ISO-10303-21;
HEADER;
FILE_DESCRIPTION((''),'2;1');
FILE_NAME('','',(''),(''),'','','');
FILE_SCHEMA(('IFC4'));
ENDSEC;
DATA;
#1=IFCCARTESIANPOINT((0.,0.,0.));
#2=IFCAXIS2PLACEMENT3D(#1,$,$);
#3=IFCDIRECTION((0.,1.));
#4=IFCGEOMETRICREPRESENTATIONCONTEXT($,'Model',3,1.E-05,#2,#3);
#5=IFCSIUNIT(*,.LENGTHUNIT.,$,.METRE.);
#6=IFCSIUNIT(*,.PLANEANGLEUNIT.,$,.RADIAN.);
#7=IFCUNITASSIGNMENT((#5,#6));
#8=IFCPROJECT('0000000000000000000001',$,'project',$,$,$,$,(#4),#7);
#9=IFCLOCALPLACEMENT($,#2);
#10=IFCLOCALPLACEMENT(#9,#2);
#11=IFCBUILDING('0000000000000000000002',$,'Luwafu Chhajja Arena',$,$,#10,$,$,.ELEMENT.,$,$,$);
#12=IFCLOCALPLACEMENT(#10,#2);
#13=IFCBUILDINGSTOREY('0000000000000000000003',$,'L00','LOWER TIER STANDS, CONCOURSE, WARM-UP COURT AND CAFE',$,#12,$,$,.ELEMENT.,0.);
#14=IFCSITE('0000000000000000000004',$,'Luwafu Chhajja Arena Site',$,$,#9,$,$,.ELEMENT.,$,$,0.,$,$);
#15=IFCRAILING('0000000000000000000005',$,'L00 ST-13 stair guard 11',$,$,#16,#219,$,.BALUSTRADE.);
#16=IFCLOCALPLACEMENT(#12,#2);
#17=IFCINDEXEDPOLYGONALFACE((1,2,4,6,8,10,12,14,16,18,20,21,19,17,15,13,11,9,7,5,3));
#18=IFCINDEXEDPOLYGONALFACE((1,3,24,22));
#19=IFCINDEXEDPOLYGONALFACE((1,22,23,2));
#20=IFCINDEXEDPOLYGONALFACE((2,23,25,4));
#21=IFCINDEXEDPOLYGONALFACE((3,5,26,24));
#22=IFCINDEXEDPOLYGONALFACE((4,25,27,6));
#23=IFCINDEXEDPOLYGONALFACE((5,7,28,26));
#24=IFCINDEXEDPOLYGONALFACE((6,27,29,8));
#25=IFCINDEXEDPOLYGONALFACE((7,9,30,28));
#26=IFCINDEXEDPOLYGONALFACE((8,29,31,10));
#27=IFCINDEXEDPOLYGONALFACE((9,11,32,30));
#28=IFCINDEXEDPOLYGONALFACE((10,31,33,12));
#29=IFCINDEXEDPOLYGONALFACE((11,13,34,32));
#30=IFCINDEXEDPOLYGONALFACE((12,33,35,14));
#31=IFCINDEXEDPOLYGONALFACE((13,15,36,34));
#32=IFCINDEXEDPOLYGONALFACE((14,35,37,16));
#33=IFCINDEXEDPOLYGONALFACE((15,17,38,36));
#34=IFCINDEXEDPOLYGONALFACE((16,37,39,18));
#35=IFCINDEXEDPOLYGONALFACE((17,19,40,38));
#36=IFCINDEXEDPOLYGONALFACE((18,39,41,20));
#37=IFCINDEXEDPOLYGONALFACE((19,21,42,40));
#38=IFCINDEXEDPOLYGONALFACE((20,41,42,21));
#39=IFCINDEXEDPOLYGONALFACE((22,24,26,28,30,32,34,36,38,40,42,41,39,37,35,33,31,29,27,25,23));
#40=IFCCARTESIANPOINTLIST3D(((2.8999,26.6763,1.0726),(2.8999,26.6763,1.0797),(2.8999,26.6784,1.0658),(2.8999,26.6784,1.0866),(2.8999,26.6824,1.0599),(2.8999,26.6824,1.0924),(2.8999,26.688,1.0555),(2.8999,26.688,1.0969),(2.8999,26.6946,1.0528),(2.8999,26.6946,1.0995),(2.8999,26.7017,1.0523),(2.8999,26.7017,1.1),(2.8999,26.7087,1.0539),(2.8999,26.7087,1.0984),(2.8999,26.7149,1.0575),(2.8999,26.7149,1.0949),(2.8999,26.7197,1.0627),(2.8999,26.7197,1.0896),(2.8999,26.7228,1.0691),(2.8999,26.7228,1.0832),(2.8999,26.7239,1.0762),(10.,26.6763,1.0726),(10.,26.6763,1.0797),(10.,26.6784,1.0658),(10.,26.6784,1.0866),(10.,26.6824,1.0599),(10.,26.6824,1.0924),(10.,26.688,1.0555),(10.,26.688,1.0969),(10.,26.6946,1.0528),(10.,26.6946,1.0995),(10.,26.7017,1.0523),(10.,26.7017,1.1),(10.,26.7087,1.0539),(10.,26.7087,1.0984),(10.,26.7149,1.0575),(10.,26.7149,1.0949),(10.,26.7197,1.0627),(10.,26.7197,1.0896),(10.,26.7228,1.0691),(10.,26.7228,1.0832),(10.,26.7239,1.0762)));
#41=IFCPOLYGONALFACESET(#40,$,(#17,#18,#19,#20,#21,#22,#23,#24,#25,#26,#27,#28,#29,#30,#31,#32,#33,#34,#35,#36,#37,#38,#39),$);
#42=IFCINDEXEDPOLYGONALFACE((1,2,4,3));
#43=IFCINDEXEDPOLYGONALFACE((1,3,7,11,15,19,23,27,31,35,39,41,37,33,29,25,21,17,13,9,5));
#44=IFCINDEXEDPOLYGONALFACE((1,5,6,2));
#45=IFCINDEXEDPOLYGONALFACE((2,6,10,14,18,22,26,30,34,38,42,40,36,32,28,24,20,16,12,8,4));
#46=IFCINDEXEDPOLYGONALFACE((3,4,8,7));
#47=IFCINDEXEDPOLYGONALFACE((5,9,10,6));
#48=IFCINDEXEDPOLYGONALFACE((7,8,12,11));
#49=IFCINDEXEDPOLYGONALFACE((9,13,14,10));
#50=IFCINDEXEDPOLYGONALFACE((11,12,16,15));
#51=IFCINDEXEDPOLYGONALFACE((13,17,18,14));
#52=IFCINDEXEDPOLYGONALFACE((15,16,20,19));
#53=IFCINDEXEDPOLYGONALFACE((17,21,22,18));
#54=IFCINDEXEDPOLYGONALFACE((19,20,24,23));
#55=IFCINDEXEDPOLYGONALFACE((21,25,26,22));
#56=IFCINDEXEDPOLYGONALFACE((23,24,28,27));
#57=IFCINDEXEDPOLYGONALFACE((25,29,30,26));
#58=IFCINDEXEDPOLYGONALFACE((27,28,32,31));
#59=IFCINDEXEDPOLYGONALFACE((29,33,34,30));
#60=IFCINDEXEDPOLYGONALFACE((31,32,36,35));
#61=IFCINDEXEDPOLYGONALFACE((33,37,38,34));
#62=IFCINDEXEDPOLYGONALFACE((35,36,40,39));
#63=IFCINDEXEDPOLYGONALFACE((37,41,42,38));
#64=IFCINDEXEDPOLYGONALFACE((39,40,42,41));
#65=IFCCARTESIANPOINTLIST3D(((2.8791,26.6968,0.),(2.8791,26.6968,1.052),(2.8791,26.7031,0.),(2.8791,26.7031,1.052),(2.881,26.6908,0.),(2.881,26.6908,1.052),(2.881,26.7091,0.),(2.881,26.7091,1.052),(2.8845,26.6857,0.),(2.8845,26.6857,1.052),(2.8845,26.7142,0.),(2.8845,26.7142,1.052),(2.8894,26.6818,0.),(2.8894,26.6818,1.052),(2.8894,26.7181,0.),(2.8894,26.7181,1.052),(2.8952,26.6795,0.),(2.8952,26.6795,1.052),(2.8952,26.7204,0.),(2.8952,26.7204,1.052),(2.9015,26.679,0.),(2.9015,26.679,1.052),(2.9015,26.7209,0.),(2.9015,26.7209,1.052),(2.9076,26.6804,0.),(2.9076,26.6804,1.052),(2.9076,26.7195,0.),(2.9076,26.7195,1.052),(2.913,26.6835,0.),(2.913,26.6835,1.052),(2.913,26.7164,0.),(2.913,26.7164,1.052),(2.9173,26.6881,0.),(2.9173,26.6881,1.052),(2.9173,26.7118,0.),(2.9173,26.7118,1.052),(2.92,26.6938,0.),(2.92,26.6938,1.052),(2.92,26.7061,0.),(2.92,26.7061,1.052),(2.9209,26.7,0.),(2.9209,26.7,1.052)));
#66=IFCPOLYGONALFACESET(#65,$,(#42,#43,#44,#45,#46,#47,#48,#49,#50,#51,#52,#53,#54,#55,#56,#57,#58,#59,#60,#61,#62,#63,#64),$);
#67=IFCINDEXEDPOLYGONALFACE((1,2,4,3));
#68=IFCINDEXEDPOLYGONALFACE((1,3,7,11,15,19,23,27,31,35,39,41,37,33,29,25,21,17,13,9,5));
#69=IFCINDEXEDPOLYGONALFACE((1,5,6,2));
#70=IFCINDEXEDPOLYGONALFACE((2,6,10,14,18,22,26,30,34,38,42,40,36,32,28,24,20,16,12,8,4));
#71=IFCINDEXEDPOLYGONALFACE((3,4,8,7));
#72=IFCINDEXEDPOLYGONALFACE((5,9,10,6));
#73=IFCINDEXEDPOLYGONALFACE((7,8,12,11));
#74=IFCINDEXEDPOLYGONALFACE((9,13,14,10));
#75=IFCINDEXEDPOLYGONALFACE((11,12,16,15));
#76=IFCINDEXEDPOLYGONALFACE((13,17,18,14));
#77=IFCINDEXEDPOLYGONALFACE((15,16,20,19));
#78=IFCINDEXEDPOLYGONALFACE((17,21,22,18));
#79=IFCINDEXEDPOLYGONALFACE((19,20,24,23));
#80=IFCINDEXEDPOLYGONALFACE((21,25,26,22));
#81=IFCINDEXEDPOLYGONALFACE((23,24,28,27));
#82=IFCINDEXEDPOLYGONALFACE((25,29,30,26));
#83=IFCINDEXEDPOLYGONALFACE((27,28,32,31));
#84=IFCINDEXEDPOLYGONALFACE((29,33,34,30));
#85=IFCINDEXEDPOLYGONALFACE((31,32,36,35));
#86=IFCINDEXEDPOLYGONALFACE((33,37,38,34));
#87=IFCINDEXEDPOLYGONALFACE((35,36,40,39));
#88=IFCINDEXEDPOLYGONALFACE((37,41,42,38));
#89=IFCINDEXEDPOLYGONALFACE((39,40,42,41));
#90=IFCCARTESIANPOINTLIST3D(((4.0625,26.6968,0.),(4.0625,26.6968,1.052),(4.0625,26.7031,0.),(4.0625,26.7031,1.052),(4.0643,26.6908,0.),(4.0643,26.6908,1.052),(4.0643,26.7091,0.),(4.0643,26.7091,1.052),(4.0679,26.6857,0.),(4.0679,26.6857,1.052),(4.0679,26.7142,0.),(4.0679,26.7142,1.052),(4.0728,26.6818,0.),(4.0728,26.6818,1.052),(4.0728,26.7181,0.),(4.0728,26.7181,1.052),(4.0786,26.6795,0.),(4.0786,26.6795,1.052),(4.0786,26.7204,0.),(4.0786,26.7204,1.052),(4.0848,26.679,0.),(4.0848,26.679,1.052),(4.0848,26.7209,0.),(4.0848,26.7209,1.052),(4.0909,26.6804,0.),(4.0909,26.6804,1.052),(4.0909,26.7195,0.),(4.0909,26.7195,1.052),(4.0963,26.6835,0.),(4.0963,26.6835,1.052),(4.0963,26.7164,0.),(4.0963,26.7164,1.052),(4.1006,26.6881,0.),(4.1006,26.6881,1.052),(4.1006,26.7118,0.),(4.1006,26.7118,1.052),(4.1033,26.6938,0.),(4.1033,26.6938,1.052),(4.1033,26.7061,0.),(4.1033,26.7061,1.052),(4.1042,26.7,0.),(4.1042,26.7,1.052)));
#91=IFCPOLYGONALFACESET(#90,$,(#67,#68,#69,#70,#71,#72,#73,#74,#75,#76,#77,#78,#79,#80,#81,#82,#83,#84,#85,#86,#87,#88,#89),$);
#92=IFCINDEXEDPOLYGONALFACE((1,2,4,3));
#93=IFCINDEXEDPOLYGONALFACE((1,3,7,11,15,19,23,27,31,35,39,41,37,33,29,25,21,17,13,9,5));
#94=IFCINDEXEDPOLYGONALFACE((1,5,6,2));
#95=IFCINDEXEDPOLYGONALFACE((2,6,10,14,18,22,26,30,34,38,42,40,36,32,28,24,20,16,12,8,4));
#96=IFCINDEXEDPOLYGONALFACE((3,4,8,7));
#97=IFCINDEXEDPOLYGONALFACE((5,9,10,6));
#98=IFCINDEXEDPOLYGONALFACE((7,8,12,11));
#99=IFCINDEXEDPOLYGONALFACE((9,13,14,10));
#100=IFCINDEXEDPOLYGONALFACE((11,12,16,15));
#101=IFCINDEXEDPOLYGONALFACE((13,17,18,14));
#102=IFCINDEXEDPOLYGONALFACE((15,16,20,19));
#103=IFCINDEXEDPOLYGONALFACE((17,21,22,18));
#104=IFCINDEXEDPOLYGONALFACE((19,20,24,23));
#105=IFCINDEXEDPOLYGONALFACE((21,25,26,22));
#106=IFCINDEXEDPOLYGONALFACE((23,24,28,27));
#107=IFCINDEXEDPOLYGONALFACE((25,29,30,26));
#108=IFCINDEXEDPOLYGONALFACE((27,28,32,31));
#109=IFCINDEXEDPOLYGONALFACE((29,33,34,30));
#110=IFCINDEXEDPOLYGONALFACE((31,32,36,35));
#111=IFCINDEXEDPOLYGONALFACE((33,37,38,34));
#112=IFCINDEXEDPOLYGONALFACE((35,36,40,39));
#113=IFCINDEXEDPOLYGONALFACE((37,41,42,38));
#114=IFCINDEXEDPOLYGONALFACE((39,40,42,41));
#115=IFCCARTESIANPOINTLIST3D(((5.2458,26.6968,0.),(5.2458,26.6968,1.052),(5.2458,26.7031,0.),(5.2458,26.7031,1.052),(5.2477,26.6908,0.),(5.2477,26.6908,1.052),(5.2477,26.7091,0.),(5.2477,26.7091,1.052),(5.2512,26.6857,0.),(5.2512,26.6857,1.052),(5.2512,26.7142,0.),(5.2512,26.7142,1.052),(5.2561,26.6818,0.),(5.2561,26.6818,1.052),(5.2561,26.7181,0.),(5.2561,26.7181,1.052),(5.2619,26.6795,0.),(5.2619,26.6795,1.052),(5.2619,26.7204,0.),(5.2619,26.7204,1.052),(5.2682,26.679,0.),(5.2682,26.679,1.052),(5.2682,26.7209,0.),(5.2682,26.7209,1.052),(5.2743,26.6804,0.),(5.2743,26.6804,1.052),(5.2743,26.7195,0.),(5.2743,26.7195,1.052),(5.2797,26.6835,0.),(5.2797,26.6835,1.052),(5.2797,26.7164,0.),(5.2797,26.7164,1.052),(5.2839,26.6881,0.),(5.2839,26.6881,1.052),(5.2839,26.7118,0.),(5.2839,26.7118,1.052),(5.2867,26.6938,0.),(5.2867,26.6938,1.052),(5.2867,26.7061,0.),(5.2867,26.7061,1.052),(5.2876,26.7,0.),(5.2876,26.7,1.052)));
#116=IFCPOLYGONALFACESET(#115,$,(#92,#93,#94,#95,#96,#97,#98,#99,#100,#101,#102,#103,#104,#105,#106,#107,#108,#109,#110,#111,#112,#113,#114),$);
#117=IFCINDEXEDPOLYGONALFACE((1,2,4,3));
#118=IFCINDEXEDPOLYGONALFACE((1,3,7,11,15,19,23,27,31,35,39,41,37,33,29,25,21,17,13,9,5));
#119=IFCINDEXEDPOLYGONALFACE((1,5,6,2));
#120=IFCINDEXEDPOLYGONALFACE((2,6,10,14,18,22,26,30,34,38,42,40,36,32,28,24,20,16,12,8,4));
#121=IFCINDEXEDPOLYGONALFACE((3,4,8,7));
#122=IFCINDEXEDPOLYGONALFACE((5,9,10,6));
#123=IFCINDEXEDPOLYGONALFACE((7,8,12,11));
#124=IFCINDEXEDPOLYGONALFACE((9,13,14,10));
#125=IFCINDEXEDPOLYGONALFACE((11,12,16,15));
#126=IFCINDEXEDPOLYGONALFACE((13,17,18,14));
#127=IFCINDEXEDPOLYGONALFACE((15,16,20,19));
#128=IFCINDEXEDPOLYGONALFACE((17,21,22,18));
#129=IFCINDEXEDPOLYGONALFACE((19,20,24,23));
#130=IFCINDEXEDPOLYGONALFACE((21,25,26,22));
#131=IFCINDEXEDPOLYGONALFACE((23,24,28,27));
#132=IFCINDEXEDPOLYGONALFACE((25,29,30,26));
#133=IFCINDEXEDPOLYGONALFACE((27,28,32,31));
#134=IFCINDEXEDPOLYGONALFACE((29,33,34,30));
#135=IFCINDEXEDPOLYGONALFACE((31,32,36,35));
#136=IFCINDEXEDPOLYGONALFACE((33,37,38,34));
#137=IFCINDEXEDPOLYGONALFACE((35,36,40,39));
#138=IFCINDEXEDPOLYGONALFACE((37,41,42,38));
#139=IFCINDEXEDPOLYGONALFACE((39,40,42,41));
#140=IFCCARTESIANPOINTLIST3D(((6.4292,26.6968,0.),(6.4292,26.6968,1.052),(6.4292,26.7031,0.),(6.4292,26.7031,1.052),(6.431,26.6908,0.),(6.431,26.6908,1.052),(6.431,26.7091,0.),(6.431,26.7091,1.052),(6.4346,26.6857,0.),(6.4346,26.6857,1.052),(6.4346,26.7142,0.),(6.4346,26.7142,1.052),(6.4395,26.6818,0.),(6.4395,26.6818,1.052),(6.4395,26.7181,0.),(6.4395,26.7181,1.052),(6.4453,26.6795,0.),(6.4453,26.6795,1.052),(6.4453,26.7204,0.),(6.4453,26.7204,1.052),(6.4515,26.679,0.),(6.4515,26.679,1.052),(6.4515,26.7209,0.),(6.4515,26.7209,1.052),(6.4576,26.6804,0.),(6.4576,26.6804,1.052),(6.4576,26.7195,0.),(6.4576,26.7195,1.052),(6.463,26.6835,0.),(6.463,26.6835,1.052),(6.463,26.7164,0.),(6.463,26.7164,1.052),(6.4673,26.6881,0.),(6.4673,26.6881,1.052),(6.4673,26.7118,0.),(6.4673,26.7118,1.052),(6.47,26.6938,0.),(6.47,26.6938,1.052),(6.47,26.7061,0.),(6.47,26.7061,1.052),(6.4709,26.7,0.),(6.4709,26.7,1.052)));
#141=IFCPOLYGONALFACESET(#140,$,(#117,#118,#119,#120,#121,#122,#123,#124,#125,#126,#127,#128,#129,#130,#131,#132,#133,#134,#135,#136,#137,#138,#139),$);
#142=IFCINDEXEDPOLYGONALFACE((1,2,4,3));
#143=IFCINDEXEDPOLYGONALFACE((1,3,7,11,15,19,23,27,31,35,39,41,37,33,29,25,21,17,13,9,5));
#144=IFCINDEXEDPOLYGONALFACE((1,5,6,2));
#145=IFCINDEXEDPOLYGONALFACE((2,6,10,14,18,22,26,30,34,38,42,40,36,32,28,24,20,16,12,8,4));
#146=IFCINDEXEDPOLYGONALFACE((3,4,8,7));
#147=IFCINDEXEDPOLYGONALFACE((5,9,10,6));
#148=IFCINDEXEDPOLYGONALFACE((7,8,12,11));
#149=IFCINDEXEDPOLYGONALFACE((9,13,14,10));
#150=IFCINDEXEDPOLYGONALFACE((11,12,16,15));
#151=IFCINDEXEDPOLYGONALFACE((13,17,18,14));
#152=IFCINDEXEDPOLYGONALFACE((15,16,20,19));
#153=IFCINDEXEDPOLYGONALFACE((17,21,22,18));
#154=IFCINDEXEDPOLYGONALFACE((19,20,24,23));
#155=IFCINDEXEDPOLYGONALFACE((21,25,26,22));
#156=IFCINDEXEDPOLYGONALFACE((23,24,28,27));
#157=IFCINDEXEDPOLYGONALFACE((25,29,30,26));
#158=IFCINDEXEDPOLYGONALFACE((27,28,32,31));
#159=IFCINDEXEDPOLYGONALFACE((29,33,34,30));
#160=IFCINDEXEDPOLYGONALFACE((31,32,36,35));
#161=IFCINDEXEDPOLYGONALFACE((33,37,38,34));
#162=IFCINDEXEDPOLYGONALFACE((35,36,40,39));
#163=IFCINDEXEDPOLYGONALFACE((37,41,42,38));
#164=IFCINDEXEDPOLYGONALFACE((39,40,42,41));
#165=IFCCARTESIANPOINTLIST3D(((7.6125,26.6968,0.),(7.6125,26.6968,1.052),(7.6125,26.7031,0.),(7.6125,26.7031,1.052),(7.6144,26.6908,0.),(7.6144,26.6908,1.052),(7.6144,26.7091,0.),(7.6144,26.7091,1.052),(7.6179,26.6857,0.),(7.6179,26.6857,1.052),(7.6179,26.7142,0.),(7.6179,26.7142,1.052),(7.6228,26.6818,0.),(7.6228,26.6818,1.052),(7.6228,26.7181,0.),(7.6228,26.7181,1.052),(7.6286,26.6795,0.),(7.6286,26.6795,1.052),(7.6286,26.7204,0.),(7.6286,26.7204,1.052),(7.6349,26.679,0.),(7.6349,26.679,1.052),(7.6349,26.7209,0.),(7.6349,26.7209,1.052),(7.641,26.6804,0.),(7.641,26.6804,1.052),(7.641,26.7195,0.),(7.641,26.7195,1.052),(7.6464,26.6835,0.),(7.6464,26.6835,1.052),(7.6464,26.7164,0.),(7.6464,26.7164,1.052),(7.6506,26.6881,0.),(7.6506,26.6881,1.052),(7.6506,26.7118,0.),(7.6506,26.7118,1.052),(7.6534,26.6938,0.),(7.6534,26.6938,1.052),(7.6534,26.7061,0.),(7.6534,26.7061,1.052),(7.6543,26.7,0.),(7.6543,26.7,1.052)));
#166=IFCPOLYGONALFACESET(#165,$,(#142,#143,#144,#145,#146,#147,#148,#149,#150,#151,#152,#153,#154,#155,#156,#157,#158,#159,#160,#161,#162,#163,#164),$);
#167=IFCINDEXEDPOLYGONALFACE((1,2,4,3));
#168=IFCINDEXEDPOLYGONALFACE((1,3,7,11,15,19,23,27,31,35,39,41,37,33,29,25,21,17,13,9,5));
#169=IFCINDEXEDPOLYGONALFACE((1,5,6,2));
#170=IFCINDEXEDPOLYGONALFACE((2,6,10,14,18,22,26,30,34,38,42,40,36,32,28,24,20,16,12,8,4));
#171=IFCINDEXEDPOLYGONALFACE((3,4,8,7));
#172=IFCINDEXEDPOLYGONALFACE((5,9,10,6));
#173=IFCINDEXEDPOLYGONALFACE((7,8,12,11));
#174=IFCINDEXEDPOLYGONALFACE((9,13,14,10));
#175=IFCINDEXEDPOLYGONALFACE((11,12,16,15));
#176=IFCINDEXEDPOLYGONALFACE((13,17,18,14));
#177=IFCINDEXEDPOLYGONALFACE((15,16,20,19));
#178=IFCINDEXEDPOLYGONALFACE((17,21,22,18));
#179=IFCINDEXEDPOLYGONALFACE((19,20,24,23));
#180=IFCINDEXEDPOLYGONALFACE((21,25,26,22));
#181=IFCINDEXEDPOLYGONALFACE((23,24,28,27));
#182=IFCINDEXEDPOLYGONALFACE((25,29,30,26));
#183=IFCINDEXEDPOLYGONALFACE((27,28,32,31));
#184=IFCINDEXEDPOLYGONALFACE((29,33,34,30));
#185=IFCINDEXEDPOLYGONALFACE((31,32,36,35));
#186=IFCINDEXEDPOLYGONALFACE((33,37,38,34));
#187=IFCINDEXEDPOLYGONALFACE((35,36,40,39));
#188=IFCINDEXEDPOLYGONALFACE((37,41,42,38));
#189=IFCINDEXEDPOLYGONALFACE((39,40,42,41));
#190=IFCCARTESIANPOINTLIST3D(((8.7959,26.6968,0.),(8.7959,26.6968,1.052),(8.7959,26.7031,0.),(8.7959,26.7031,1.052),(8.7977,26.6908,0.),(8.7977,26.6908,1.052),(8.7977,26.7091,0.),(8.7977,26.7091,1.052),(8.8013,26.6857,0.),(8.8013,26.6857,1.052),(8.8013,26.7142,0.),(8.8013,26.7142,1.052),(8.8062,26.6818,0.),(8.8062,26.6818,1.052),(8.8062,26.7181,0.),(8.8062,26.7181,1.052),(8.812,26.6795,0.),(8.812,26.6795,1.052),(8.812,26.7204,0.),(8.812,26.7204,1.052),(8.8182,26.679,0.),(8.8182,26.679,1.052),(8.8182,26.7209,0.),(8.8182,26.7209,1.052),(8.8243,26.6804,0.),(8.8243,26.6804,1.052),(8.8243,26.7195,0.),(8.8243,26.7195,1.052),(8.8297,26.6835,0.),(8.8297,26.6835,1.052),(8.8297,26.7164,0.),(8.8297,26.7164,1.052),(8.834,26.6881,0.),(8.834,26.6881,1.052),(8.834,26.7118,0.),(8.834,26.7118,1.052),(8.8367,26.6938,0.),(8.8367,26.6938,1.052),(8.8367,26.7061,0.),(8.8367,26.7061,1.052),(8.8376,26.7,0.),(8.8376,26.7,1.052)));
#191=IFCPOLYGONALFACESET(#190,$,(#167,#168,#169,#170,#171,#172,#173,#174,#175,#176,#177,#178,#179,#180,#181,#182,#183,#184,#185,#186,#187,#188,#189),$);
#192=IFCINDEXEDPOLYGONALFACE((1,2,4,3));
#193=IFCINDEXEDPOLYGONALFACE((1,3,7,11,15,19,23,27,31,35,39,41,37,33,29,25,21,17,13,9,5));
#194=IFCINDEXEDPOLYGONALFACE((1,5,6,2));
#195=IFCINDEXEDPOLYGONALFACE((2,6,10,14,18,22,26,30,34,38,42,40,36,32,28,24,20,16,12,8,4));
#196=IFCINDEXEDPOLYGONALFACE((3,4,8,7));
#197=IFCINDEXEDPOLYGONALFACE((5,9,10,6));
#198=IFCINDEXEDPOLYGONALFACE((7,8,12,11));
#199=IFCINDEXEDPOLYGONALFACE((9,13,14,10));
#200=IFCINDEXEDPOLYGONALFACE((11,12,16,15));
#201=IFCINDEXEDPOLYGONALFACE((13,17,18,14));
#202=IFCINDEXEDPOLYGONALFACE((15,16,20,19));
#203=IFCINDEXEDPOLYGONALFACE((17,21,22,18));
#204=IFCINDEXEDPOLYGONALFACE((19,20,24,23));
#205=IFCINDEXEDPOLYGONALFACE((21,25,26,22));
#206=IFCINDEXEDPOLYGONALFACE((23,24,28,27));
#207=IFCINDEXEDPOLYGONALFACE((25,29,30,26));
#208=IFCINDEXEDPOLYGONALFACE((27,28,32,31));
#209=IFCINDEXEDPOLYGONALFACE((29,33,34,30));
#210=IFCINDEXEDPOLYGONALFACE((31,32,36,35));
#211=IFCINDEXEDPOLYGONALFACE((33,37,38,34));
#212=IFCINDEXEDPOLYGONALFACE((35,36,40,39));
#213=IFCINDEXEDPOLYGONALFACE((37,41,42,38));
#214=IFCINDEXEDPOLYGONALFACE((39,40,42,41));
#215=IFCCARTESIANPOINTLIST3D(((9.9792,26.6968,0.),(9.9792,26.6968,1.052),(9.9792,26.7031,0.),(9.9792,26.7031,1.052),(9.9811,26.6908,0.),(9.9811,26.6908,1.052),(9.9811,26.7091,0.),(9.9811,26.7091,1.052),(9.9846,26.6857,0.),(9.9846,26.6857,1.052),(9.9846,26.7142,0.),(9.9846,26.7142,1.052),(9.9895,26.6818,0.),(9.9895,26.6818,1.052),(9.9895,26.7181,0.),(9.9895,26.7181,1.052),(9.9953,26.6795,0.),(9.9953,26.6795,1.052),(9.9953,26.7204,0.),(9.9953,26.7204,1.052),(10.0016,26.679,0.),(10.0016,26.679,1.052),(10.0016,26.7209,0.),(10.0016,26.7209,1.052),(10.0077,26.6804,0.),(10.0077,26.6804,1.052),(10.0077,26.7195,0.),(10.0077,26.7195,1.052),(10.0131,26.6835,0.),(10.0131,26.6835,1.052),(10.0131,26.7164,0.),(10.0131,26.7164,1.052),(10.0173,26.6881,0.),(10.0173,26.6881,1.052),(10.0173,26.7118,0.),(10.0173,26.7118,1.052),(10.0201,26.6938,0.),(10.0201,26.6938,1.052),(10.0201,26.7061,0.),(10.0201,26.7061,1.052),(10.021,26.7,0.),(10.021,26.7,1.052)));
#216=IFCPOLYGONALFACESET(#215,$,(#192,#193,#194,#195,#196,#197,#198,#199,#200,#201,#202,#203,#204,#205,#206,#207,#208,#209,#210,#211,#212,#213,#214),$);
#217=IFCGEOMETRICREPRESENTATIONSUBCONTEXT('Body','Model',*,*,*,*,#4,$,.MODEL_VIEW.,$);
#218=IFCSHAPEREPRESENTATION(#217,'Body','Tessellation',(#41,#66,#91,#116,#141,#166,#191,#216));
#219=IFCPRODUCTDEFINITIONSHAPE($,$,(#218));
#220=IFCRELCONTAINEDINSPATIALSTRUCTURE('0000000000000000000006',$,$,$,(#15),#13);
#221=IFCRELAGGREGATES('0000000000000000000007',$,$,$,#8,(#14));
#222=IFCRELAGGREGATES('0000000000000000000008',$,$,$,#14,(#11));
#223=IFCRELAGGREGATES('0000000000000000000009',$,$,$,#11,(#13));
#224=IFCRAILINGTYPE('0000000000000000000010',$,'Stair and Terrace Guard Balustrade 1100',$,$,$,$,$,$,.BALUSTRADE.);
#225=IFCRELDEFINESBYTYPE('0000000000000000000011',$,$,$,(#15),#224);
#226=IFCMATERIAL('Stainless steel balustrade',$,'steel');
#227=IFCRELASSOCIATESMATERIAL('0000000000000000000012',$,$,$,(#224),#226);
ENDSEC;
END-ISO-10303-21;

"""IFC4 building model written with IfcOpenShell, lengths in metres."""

from ifc_helpers import new_model, si_unit, direction, frame, origin, origin_2d, place, context, subcontext, project, spatial, circle, extrude, material, type_object, element, save


model = new_model("IFC4")

# Units and contexts
model_context = context("Model", 3, precision=1e-05, world=origin(), true_north=direction((0.0, 1.0)))
body_context = subcontext(model_context, "Body", "Model", "MODEL_VIEW")
ifc_project = project(units=[si_unit("LENGTHUNIT", "METRE"), si_unit("PLANEANGLEUNIT", "RADIAN")], contexts=[model_context])

# Site, building, storey
site_placement = place(None, origin())
site = spatial("IfcSite", under=ifc_project, at=site_placement, Name="Luwafu Chhajja Arena Site", CompositionType="ELEMENT", RefElevation=0.0)
building_placement = place(site_placement, origin())
building = spatial("IfcBuilding", under=site, at=building_placement, Name="Luwafu Chhajja Arena", CompositionType="ELEMENT")
storey_placement = place(building_placement, origin())
storey = spatial("IfcBuildingStorey", under=building, at=storey_placement, Name="L00", Description="LOWER TIER STANDS, CONCOURSE, WARM-UP COURT AND CAFE", CompositionType="ELEMENT", Elevation=0.0)

# Railing
ifc_material_1 = material(Name="Stainless steel balustrade", Category="steel")
railing_type_1 = type_object("IfcRailingType", Name="Stair and Terrace Guard Balustrade 1100", PredefinedType="BALUSTRADE", material=ifc_material_1)
for number, where, name in (
    (1, (2.8999, 26.7, 0.0), "L00 ST-13 stair guard 11"),
):
    element("IfcRailing", number, at=place(storey_placement, frame(where)), inside=storey, type_object=railing_type_1, Name=name, PredefinedType="BALUSTRADE", context=body_context, shape_type="SweptSolid", body=[
        extrude(circle(Radius=0.0239, at=origin_2d()), frame((0.0, 0.0, 1.0762), z_axis=(1.0, 0.0, 0.0), x_axis=(0.0, 1.0, 0.0)), (0.0, 0.0, 1.0), 7.1001),
        extrude(circle(Radius=0.021, at=origin_2d()), origin(), (0.0, 0.0, 1.0), 1.052),
        extrude(circle(Radius=0.021, at=origin_2d()), frame((1.1833, 0.0, 0.0)), (0.0, 0.0, 1.0), 1.052),
        extrude(circle(Radius=0.021, at=origin_2d()), frame((2.3667, 0.0, 0.0)), (0.0, 0.0, 1.0), 1.052),
        extrude(circle(Radius=0.021, at=origin_2d()), frame((3.55, 0.0, 0.0)), (0.0, 0.0, 1.0), 1.052),
        extrude(circle(Radius=0.021, at=origin_2d()), frame((4.7334, 0.0, 0.0)), (0.0, 0.0, 1.0), 1.052),
        extrude(circle(Radius=0.021, at=origin_2d()), frame((5.9167, 0.0, 0.0)), (0.0, 0.0, 1.0), 1.052),
        extrude(circle(Radius=0.021, at=origin_2d()), frame((7.1001, 0.0, 0.0)), (0.0, 0.0, 1.0), 1.052),
    ])

save(model, "model.ifc")
